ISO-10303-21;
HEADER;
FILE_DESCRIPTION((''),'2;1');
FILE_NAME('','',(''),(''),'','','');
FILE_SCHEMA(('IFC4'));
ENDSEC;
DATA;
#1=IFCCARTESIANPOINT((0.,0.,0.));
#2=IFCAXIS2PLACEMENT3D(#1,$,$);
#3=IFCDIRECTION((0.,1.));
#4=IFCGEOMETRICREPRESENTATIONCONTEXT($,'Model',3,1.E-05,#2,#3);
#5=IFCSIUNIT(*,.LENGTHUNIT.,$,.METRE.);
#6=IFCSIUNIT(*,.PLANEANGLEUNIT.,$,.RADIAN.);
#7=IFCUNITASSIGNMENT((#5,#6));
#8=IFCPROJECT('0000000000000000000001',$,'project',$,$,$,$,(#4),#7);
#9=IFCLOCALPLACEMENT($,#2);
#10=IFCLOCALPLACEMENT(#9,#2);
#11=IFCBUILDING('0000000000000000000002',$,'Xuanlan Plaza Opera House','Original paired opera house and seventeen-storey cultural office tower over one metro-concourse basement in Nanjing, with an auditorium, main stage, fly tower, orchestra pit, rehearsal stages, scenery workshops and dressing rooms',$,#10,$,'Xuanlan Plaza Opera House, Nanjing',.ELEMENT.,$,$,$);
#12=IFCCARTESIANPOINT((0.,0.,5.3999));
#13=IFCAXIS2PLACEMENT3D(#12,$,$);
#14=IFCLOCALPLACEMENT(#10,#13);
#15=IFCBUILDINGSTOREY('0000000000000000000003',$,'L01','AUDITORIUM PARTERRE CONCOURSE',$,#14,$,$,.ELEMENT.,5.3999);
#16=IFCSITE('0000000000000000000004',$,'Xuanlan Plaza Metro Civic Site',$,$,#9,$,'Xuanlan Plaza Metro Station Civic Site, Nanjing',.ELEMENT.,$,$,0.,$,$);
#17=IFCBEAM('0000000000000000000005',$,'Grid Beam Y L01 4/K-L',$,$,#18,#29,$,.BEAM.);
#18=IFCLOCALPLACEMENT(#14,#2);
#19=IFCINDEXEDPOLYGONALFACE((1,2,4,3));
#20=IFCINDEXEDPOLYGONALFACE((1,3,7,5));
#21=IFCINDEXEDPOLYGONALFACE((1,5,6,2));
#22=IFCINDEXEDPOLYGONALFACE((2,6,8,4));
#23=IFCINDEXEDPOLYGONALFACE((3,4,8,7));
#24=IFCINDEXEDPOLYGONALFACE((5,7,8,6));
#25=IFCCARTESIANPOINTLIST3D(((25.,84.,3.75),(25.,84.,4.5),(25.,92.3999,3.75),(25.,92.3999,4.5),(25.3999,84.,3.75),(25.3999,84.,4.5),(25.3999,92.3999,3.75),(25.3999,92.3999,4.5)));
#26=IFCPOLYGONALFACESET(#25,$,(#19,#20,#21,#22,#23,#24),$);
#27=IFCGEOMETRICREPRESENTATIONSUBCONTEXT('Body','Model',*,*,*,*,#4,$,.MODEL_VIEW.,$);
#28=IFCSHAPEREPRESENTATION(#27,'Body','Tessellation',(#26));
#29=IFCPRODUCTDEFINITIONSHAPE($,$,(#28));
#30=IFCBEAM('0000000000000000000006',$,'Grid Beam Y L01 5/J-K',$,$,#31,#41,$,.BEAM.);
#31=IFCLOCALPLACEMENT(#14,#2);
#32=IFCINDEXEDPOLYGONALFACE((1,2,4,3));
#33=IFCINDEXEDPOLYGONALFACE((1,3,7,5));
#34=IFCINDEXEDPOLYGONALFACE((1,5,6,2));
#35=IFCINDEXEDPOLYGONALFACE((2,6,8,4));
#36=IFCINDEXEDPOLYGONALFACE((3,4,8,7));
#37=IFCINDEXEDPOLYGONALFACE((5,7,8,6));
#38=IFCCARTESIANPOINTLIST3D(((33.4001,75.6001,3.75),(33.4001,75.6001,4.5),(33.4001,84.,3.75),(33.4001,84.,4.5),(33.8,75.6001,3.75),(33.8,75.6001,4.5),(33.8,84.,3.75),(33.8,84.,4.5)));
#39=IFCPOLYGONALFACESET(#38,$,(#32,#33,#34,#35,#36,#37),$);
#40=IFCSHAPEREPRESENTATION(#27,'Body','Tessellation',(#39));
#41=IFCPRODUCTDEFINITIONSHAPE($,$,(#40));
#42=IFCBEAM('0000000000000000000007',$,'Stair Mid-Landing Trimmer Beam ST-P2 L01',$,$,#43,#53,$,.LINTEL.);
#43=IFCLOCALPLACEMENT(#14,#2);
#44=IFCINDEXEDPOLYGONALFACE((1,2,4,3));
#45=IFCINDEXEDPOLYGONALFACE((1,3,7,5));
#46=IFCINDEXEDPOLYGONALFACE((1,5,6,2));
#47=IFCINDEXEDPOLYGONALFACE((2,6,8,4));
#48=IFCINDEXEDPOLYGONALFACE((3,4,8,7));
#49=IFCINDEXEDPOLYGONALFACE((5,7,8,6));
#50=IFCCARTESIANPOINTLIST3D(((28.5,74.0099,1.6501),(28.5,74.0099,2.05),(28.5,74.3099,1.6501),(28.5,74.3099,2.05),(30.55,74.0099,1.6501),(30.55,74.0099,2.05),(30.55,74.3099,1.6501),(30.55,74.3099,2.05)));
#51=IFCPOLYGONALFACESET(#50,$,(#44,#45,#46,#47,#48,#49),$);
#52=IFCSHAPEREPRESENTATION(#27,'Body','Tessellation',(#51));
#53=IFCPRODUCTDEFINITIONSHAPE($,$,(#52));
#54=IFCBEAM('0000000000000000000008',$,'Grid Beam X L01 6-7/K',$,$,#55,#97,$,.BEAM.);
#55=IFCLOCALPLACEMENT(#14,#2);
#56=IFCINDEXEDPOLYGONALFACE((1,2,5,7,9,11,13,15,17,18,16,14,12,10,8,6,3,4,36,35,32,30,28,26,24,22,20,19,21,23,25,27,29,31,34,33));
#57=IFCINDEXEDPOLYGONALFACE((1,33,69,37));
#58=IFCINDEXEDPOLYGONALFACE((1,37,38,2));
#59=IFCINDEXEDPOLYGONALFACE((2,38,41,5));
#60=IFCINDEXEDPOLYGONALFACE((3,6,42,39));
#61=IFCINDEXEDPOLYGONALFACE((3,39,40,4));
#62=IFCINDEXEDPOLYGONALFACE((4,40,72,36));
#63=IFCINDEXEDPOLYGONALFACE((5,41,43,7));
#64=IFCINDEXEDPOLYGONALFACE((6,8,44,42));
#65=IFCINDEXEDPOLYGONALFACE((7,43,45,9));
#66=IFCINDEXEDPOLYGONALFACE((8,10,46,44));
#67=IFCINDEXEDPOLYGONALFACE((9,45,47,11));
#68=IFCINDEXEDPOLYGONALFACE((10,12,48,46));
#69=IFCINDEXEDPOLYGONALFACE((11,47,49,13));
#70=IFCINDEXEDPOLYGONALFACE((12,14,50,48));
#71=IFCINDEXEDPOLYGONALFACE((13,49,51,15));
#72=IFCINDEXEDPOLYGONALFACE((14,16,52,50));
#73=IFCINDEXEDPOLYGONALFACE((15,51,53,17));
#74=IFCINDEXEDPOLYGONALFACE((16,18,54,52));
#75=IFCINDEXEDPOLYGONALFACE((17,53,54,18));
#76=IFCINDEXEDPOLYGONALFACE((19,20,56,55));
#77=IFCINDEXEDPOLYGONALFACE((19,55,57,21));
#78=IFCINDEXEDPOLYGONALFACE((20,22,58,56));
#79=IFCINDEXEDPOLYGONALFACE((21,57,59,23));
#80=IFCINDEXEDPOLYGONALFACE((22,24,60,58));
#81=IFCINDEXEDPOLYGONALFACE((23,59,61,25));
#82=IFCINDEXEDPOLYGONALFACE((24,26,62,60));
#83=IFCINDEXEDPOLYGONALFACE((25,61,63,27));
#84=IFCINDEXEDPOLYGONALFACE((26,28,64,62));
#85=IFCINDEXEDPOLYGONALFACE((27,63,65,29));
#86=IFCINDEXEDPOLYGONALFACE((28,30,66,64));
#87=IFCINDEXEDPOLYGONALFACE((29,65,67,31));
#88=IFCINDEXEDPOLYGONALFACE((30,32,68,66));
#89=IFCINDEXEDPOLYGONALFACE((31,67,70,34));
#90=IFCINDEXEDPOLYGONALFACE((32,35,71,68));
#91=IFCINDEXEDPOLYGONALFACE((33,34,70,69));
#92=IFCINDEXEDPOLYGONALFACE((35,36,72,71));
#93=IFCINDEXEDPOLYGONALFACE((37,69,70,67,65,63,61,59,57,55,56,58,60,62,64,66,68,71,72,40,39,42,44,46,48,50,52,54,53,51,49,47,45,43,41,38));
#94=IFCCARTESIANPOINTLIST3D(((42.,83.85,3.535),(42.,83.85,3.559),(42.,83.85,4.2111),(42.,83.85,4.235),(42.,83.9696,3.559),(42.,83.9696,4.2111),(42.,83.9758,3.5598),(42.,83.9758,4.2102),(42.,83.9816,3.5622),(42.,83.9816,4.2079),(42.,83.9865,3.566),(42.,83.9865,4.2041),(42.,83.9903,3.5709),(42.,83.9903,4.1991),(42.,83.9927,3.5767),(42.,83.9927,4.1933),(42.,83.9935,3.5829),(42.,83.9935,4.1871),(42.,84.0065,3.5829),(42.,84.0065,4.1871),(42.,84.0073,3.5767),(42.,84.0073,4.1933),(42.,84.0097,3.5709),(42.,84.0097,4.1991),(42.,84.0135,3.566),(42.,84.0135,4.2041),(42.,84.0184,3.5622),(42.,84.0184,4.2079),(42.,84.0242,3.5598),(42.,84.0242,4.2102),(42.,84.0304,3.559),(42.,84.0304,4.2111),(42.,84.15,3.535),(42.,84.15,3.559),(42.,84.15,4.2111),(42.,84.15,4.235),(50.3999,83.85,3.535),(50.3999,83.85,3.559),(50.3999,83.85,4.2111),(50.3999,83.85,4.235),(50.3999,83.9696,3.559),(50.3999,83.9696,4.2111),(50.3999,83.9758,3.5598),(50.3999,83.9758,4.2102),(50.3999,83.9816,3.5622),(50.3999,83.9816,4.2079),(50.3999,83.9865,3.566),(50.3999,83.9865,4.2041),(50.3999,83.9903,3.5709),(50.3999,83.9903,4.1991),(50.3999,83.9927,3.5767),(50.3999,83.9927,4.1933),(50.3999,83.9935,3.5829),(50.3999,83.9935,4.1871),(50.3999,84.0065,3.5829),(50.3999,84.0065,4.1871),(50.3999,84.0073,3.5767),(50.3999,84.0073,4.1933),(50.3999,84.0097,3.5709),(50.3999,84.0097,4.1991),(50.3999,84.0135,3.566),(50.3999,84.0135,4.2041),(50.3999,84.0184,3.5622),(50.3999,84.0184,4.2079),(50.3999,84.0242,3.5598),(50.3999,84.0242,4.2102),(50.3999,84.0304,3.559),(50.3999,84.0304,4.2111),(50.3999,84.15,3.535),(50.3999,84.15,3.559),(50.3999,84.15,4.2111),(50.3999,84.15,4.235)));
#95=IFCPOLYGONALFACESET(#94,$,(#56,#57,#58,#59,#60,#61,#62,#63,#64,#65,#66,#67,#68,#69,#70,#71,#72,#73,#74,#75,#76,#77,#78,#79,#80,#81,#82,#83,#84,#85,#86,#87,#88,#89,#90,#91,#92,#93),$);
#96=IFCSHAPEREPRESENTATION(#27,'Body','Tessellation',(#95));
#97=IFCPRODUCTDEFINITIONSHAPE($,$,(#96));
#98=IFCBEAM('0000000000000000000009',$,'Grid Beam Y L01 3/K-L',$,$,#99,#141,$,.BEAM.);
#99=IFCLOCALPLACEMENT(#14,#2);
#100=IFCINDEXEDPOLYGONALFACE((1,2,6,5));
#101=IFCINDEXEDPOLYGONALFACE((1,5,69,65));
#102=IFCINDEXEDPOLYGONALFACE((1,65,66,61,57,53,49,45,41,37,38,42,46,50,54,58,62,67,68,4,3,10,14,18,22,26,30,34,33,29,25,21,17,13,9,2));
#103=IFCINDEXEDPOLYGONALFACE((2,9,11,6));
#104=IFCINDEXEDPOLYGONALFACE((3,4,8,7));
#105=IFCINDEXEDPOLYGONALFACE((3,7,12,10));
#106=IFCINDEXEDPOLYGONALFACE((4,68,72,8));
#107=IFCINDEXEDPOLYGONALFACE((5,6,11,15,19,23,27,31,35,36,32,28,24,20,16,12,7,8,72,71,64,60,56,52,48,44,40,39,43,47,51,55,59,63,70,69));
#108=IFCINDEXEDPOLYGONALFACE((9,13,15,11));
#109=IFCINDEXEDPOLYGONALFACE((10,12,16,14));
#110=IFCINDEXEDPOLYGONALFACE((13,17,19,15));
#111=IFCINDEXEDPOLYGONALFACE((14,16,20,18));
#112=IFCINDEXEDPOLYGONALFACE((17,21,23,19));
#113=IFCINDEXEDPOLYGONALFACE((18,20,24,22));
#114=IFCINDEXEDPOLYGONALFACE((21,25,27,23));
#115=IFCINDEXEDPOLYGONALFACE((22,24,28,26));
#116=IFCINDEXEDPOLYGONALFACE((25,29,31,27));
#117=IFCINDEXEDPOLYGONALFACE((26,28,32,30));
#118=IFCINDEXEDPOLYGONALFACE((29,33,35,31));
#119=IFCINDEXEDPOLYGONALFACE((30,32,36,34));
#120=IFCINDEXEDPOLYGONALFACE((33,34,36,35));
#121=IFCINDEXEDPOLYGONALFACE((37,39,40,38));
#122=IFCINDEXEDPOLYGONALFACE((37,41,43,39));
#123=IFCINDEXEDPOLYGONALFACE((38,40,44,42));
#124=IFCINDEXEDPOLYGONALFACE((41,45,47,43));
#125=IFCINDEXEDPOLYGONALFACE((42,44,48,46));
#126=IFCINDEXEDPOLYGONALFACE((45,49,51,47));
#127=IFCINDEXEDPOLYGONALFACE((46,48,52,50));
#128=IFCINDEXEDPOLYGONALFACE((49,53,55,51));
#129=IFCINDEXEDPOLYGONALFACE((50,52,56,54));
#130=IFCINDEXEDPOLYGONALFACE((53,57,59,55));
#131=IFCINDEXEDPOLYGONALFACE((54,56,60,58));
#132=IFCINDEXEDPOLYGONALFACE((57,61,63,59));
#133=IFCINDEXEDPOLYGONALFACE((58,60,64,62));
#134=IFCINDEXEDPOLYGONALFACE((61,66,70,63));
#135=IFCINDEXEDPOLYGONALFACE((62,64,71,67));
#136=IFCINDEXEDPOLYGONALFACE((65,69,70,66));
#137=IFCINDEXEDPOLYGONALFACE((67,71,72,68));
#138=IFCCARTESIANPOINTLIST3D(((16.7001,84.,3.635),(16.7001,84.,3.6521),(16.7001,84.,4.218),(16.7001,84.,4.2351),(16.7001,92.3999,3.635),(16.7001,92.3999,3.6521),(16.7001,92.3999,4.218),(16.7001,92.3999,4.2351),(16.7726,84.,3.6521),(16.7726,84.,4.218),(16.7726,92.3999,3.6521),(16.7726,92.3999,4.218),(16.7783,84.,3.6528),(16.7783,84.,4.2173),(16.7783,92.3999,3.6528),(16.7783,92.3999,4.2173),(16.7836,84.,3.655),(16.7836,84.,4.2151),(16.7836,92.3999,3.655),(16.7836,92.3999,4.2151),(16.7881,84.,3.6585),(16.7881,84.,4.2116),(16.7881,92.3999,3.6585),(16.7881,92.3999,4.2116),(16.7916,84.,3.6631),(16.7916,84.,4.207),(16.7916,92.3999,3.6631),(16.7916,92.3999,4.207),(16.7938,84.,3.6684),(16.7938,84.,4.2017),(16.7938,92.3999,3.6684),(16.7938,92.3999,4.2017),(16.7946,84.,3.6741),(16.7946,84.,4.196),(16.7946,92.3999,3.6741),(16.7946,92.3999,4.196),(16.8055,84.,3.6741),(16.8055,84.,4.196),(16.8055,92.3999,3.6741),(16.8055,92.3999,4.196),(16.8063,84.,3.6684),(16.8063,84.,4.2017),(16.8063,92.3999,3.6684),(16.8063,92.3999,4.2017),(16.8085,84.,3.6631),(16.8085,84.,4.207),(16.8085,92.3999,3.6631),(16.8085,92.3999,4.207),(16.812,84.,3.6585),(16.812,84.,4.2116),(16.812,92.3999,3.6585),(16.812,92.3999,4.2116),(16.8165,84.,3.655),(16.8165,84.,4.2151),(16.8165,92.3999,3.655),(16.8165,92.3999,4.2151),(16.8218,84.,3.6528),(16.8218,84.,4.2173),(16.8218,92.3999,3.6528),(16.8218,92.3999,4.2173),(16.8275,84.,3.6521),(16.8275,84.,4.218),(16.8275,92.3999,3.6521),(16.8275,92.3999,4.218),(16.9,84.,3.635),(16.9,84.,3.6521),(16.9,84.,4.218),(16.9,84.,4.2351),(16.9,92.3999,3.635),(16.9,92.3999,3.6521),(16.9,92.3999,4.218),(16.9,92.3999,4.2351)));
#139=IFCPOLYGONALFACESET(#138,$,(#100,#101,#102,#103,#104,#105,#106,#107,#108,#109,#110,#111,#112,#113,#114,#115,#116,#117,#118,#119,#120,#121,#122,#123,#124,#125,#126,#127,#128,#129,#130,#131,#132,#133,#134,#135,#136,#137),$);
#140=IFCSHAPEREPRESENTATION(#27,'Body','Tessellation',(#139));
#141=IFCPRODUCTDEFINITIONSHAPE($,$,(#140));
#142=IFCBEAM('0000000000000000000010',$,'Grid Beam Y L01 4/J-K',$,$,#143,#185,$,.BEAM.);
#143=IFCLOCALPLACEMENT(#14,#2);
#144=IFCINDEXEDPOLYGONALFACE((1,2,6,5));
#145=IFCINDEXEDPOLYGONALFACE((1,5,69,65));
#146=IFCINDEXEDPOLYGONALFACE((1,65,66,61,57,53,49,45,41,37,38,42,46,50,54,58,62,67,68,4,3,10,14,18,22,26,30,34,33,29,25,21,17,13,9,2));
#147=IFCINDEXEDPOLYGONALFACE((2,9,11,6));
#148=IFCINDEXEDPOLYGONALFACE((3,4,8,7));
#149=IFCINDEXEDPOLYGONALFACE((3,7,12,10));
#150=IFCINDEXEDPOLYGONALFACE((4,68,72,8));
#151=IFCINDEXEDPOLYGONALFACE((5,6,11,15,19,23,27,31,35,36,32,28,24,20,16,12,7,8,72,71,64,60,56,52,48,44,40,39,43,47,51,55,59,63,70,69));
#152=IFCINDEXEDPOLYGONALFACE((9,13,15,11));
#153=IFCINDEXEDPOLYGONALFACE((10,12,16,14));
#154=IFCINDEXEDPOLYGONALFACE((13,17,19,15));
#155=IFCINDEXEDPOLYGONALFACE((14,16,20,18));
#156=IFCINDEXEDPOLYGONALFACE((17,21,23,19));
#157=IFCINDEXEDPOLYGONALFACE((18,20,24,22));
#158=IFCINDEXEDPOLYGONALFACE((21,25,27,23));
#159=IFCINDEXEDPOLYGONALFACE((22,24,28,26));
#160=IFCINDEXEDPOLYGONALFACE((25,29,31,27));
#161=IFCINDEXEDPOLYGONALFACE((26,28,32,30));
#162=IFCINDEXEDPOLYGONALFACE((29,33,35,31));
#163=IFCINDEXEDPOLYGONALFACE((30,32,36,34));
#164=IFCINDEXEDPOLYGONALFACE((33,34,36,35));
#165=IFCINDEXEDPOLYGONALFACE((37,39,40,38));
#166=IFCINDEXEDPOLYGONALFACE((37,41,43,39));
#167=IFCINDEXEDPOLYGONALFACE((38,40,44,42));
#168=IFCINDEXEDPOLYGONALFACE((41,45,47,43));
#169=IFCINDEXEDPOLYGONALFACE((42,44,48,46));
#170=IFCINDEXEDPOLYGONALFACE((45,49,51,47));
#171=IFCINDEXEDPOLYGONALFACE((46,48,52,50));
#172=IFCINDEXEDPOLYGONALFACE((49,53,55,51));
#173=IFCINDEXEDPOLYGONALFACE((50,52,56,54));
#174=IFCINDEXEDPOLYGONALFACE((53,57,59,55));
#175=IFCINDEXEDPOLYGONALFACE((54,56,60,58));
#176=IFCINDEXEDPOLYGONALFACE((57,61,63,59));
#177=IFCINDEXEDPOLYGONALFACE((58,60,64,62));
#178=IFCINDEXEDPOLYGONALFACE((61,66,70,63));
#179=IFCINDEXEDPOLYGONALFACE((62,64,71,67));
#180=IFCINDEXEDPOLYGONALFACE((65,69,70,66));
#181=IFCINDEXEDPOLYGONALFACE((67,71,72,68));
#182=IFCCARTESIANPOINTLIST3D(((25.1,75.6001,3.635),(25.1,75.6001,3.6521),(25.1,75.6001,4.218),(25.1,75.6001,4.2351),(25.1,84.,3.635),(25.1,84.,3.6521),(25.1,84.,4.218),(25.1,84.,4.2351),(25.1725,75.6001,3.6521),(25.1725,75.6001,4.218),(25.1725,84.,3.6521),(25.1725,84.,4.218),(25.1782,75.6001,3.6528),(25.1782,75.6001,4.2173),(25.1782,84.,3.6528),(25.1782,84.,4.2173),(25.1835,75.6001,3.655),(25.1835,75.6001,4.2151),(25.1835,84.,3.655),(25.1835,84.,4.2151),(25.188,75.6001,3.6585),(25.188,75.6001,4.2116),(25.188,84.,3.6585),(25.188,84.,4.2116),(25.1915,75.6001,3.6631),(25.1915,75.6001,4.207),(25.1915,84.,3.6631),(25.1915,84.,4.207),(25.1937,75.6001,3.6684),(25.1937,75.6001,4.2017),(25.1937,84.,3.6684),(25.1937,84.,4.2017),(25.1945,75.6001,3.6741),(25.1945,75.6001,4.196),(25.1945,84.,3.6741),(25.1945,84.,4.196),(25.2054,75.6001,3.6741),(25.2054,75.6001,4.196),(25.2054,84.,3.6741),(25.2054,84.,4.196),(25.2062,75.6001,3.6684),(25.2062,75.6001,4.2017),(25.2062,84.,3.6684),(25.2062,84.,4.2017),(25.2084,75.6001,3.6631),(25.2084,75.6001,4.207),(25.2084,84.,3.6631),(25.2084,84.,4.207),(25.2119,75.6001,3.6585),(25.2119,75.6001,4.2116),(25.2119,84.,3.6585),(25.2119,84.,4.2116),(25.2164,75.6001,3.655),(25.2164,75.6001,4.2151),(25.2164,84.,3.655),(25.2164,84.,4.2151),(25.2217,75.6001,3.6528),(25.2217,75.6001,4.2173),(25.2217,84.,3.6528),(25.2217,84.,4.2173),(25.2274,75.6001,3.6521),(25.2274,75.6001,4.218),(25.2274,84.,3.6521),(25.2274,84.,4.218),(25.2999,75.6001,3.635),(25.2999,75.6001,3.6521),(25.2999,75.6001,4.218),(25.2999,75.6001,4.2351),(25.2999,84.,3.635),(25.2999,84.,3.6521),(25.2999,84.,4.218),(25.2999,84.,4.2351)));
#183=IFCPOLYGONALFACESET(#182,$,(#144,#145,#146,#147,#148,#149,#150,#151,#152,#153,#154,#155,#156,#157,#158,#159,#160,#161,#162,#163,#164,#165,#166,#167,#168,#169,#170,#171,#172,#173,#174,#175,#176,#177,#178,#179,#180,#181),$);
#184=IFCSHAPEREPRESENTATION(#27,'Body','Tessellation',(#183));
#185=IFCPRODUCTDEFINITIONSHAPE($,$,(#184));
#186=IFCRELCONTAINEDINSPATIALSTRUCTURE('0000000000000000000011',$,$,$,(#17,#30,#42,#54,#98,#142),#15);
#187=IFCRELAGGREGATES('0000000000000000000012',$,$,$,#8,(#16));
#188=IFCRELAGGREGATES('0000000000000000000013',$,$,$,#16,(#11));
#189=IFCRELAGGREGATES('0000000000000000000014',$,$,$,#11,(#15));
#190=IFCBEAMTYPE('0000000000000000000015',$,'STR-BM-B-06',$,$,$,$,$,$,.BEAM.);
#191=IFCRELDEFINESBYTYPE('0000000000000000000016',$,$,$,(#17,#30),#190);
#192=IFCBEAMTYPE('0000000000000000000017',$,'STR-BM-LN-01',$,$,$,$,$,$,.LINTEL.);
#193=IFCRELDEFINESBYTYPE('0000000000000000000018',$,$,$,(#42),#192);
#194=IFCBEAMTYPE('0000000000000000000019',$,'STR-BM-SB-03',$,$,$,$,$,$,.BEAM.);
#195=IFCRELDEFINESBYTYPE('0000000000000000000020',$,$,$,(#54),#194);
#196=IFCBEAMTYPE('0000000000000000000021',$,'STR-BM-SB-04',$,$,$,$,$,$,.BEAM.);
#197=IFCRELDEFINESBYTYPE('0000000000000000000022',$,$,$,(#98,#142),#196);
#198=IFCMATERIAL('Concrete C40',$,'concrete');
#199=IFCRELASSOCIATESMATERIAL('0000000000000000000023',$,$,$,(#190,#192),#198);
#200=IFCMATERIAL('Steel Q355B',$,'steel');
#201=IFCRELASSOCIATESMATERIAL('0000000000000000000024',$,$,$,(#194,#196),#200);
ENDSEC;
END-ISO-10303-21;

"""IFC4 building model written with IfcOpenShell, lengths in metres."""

from ifc_helpers import new_model, si_unit, direction, frame, origin, origin_2d, place, context, subcontext, project, spatial, rectangle, i_section, extrude, material, material_profile, profile_set, type_object, element, save


model = new_model("IFC4")

# Units and contexts
model_context = context("Model", 3, precision=1e-05, world=origin(), true_north=direction((0.0, 1.0)))
body_context = subcontext(model_context, "Body", "Model", "MODEL_VIEW")
ifc_project = project(units=[si_unit("LENGTHUNIT", "METRE"), si_unit("PLANEANGLEUNIT", "RADIAN")], contexts=[model_context])

# Site, building, storey
site_placement = place(None, origin())
site = spatial("IfcSite", under=ifc_project, at=site_placement, Name="Xuanlan Plaza Metro Civic Site", LongName="Xuanlan Plaza Metro Station Civic Site, Nanjing", CompositionType="ELEMENT", RefElevation=0.0)
building_placement = place(site_placement, origin())
building = spatial("IfcBuilding", under=site, at=building_placement, Name="Xuanlan Plaza Opera House", Description="Original paired opera house and seventeen-storey cultural office tower over one metro-concourse basement in Nanjing, with an auditorium, main stage, fly tower, orchestra pit, rehearsal stages, scenery workshops and dressing rooms", LongName="Xuanlan Plaza Opera House, Nanjing", CompositionType="ELEMENT")
storey_placement = place(building_placement, frame((0.0, 0.0, 5.3999)))
storey = spatial("IfcBuildingStorey", under=building, at=storey_placement, Name="L01", Description="AUDITORIUM PARTERRE CONCOURSE", CompositionType="ELEMENT", Elevation=5.3999)

# Shared definitions
ifc_material_1 = material(Name="Concrete C40", Category="concrete")

# Beams
ifc_material_profile_1 = material_profile(ifc_material_1, rectangle(XDim=0.3999, YDim=0.75, at=origin_2d()), Name="RC-BM 400x750")
ifc_profile_set_1 = profile_set([ifc_material_profile_1], Name="Concrete C40")
beam_type_1 = type_object("IfcBeamType", Name="STR-BM-B-06", PredefinedType="BEAM", material=ifc_profile_set_1)
for number, where, z_axis, x_axis, name in (
    (1, (25.2, 84.0, 4.125), (0.0, 1.0, 0.0), (-1.0, 0.0, 0.0), "Grid Beam Y L01 4/K-L"),
    (2, (33.6001, 75.6001, 4.125), (0.0, 1.0, 0.0), (-1.0, 0.0, 0.0), "Grid Beam Y L01 5/J-K"),
):
    element("IfcBeam", number, at=place(storey_placement, frame(where, z_axis=z_axis, x_axis=x_axis)), inside=storey, type_object=beam_type_1, Name=name, PredefinedType="BEAM", context=body_context, shape_type="SweptSolid", body=[
        extrude(rectangle(XDim=0.3999, YDim=0.75, at=origin_2d()), origin(), (0.0, 0.0, 1.0), 8.3999),
    ])
ifc_material_profile_2 = material_profile(ifc_material_1, rectangle(XDim=0.3, YDim=0.3999, at=origin_2d()), Name="RC-LNT 300x400")
ifc_profile_set_2 = profile_set([ifc_material_profile_2], Name="Concrete C40")
beam_type_2 = type_object("IfcBeamType", Name="STR-BM-LN-01", PredefinedType="LINTEL", material=ifc_profile_set_2)
beam_1_placement = place(storey_placement, frame((28.5, 74.1599, 1.8501), z_axis=(1.0, 0.0, 0.0), x_axis=(0.0, 1.0, 0.0)))
element("IfcBeam", 3, at=beam_1_placement, inside=storey, type_object=beam_type_2, Name="Stair Mid-Landing Trimmer Beam ST-P2 L01", PredefinedType="LINTEL", context=body_context, shape_type="SweptSolid", body=[
    extrude(rectangle(XDim=0.3, YDim=0.3999, at=origin_2d()), origin(), (0.0, 0.0, 1.0), 2.05),
])
ifc_material_2 = material(Name="Steel Q355B", Category="steel")
ifc_material_profile_3 = material_profile(ifc_material_2, i_section(OverallWidth=0.3, OverallDepth=0.7, WebThickness=0.0129, FlangeThickness=0.0239, FilletRadius=0.0239, at=origin_2d()), Name="HN 700x300x13x24")
ifc_profile_set_3 = profile_set([ifc_material_profile_3], Name="Steel Q355B")
beam_type_3 = type_object("IfcBeamType", Name="STR-BM-SB-03", PredefinedType="BEAM", material=ifc_profile_set_3)
beam_2_placement = place(storey_placement, frame((42.0, 84.0, 3.885), z_axis=(1.0, 0.0, 0.0), x_axis=(0.0, 1.0, 0.0)))
element("IfcBeam", 4, at=beam_2_placement, inside=storey, type_object=beam_type_3, Name="Grid Beam X L01 6-7/K", PredefinedType="BEAM", context=body_context, shape_type="SweptSolid", body=[
    extrude(i_section(OverallWidth=0.3, OverallDepth=0.7, WebThickness=0.0129, FlangeThickness=0.0239, FilletRadius=0.0239, at=origin_2d()), origin(), (0.0, 0.0, 1.0), 8.3999),
])
ifc_material_profile_4 = material_profile(ifc_material_2, i_section(OverallWidth=0.2, OverallDepth=0.6001, WebThickness=0.011, FlangeThickness=0.0171, FilletRadius=0.022, at=origin_2d()), Name="HN 600x200x11x17")
ifc_profile_set_4 = profile_set([ifc_material_profile_4], Name="Steel Q355B")
beam_type_4 = type_object("IfcBeamType", Name="STR-BM-SB-04", PredefinedType="BEAM", material=ifc_profile_set_4)
for number, where, z_axis, x_axis, name in (
    (5, (16.8, 84.0, 3.9351), (0.0, 1.0, 0.0), (-1.0, 0.0, 0.0), "Grid Beam Y L01 3/K-L"),
    (6, (25.2, 75.6001, 3.9351), (0.0, 1.0, 0.0), (-1.0, 0.0, 0.0), "Grid Beam Y L01 4/J-K"),
):
    element("IfcBeam", number, at=place(storey_placement, frame(where, z_axis=z_axis, x_axis=x_axis)), inside=storey, type_object=beam_type_4, Name=name, PredefinedType="BEAM", context=body_context, shape_type="SweptSolid", body=[
        extrude(i_section(OverallWidth=0.2, OverallDepth=0.6001, WebThickness=0.011, FlangeThickness=0.0171, FilletRadius=0.022, at=origin_2d()), origin(), (0.0, 0.0, 1.0), 8.3999),
    ])

save(model, "model.ifc")
